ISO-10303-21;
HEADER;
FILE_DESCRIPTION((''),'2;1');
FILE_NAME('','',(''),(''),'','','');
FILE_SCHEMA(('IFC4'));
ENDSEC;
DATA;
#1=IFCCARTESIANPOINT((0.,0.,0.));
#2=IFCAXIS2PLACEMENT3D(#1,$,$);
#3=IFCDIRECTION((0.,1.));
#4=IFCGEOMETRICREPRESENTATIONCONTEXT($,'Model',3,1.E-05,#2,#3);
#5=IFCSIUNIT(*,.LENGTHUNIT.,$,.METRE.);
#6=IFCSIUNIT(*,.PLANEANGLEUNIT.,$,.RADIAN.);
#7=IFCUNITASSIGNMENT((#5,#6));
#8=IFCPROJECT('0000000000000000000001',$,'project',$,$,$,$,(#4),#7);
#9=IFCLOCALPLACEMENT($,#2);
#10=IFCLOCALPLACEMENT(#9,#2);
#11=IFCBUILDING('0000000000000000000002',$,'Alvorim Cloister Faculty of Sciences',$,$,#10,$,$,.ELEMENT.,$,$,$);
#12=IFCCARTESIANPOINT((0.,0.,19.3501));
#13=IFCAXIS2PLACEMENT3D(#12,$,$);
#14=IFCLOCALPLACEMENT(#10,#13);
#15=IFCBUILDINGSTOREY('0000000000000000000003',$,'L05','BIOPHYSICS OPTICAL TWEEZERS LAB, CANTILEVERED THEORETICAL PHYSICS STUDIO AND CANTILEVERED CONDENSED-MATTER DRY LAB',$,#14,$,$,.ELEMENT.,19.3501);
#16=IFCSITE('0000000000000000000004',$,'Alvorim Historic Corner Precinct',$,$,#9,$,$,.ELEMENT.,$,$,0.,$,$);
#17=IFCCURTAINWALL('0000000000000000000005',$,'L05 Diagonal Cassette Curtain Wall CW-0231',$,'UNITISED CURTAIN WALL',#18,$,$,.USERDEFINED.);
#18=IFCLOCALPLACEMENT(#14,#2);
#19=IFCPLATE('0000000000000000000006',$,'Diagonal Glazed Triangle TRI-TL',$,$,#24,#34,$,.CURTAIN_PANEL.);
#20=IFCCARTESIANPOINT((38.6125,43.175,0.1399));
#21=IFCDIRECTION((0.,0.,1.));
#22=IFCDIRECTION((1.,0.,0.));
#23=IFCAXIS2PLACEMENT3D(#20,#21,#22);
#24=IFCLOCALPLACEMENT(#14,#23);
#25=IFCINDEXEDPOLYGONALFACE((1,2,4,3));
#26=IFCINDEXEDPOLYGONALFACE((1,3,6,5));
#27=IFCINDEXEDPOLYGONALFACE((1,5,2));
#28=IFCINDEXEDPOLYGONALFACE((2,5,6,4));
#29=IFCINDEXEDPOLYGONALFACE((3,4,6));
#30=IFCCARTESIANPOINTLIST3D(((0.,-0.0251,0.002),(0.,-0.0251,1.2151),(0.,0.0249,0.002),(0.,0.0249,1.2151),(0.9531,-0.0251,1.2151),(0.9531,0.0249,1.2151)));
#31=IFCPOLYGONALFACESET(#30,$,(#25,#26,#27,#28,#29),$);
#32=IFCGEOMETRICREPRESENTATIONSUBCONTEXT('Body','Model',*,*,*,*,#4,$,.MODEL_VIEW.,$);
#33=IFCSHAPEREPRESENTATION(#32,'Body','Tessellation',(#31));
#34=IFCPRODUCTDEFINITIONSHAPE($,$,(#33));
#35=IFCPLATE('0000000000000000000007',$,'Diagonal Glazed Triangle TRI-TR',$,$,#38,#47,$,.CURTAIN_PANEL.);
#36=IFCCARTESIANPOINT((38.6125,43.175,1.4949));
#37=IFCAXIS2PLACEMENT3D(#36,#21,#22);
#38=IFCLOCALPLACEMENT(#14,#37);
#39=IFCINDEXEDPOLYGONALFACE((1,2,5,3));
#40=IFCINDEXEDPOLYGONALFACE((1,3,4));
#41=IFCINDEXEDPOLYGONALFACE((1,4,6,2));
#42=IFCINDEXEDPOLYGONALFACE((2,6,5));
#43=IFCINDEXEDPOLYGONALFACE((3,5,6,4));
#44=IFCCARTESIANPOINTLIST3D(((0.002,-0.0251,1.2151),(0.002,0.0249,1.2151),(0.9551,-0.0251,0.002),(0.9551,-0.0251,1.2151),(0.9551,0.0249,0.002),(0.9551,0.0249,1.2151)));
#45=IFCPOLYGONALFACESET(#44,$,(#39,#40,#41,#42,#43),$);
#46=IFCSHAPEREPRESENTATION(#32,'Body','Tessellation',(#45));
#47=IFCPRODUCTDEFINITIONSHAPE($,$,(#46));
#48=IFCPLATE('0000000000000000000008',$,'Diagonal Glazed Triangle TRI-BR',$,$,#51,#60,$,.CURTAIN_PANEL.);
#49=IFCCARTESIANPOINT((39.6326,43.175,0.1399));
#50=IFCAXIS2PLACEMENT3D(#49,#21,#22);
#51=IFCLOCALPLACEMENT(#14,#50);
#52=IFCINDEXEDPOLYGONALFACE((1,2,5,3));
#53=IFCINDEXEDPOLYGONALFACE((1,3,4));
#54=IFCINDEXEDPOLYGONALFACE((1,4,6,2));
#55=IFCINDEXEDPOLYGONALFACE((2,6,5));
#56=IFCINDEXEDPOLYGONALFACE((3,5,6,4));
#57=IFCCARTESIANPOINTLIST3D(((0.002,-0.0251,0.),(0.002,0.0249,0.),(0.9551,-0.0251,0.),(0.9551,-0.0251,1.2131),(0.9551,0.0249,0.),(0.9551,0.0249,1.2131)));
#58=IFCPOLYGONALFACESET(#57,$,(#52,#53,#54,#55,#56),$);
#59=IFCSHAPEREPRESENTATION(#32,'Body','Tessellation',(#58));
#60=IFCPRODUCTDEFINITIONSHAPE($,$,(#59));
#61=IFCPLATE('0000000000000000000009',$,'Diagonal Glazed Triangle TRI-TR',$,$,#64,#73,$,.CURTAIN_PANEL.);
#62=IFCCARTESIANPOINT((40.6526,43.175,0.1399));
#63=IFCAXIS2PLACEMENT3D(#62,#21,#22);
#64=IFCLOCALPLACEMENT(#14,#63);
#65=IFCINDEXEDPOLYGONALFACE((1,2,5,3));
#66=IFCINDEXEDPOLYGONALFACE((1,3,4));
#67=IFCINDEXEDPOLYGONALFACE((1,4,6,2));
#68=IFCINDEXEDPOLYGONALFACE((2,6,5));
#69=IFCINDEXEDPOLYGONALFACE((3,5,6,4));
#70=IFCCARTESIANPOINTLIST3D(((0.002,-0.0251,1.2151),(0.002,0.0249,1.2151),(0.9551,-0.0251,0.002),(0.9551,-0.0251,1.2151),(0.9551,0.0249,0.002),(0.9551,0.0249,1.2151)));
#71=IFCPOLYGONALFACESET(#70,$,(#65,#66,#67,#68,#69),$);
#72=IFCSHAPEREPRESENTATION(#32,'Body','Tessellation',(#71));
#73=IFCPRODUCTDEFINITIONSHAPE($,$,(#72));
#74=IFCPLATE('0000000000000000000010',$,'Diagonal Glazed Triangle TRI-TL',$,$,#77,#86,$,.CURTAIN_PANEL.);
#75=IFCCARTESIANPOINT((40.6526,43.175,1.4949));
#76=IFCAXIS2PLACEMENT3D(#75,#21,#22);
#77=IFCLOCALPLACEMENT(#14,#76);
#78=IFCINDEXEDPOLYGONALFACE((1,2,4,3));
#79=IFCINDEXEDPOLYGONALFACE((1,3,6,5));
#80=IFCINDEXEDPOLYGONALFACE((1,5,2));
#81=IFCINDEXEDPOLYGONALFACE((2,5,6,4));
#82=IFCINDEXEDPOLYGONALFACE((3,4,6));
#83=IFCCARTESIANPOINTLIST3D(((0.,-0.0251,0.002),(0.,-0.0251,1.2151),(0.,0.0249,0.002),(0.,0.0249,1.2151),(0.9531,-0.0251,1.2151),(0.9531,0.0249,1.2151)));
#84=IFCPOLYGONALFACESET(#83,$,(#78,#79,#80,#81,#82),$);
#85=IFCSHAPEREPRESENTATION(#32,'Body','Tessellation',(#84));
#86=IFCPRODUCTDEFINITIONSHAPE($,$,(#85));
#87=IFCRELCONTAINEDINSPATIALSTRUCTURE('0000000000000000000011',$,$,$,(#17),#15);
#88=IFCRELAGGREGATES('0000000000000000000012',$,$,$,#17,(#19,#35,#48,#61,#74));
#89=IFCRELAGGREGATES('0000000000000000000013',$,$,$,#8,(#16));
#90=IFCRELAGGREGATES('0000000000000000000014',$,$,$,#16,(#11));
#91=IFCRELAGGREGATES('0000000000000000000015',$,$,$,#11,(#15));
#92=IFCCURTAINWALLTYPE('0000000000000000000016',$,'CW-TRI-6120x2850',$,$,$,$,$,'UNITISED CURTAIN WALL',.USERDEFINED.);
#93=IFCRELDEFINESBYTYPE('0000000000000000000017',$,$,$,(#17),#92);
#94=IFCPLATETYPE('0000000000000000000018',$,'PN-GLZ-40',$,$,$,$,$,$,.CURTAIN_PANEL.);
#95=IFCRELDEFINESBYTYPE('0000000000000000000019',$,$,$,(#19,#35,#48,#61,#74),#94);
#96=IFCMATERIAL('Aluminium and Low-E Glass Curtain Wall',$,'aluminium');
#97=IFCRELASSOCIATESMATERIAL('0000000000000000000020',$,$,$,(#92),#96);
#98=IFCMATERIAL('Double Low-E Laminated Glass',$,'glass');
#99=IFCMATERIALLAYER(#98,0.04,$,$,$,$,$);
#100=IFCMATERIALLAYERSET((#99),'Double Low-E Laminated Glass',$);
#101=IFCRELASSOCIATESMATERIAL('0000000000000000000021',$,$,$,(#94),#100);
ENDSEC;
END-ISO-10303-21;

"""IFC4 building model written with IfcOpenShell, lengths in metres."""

from ifc_helpers import new_model, si_unit, direction, frame, origin, place, context, subcontext, project, spatial, polyline, outline, extrude, material, layer, layer_set, type_object, element, aggregate, save


model = new_model("IFC4")

# Units and contexts
model_context = context("Model", 3, precision=1e-05, world=origin(), true_north=direction((0.0, 1.0)))
body_context = subcontext(model_context, "Body", "Model", "MODEL_VIEW")
ifc_project = project(units=[si_unit("LENGTHUNIT", "METRE"), si_unit("PLANEANGLEUNIT", "RADIAN")], contexts=[model_context])

# Site, building, storey
site_placement = place(None, origin())
site = spatial("IfcSite", under=ifc_project, at=site_placement, Name="Alvorim Historic Corner Precinct", CompositionType="ELEMENT", RefElevation=0.0)
building_placement = place(site_placement, origin())
building = spatial("IfcBuilding", under=site, at=building_placement, Name="Alvorim Cloister Faculty of Sciences", CompositionType="ELEMENT")
storey_placement = place(building_placement, frame((0.0, 0.0, 19.3501)))
storey = spatial("IfcBuildingStorey", under=building, at=storey_placement, Name="L05", Description="BIOPHYSICS OPTICAL TWEEZERS LAB, CANTILEVERED THEORETICAL PHYSICS STUDIO AND CANTILEVERED CONDENSED-MATTER DRY LAB", CompositionType="ELEMENT", Elevation=19.3501)

# Curtain wall, plates
ifc_material_1 = material(Name="Aluminium and Low-E Glass Curtain Wall", Category="aluminium")
curtain_wall_type = type_object("IfcCurtainWallType", Name="CW-TRI-6120x2850", ElementType="UNITISED CURTAIN WALL", PredefinedType="USERDEFINED", material=ifc_material_1)
curtain_wall_placement = place(storey_placement, origin())
curtain_wall = element("IfcCurtainWall", 1, at=curtain_wall_placement, inside=storey, type_object=curtain_wall_type, Name="L05 Diagonal Cassette Curtain Wall CW-0231", ObjectType="UNITISED CURTAIN WALL", PredefinedType="USERDEFINED")
ifc_material_2 = material(Name="Double Low-E Laminated Glass", Category="glass")
ifc_layer_1 = layer(ifc_material_2, 0.04)
ifc_layer_set_1 = layer_set([ifc_layer_1], Name="Double Low-E Laminated Glass")
plate_type = type_object("IfcPlateType", Name="PN-GLZ-40", PredefinedType="CURTAIN_PANEL", material=ifc_layer_set_1)
plate_1_placement = place(storey_placement, frame((38.6125, 43.175, 0.1399), z_axis=(0.0, 0.0, 1.0), x_axis=(1.0, 0.0, 0.0)))
plate_1 = element("IfcPlate", 2, at=plate_1_placement, type_object=plate_type, Name="Diagonal Glazed Triangle TRI-TL", PredefinedType="CURTAIN_PANEL", context=body_context, shape_type="SweptSolid", body=[
    extrude(outline(polyline([(0.9531, 1.2151), (0.0, 1.2151), (0.0, 0.002), (0.9531, 1.2151)])), frame((0.0, 0.0249, 0.0), z_axis=(0.0, -1.0, 0.0), x_axis=(1.0, 0.0, 0.0)), (0.0, 0.0, 1.0), 0.05),
])
plate_2_placement = place(storey_placement, frame((38.6125, 43.175, 1.4949), z_axis=(0.0, 0.0, 1.0), x_axis=(1.0, 0.0, 0.0)))
plate_2 = element("IfcPlate", 3, at=plate_2_placement, type_object=plate_type, Name="Diagonal Glazed Triangle TRI-TR", PredefinedType="CURTAIN_PANEL", context=body_context, shape_type="SweptSolid", body=[
    extrude(outline(polyline([(0.9551, 0.002), (0.9551, 1.2151), (0.002, 1.2151), (0.9551, 0.002)])), frame((0.0, 0.0249, 0.0), z_axis=(0.0, -1.0, 0.0), x_axis=(1.0, 0.0, 0.0)), (0.0, 0.0, 1.0), 0.05),
])
plate_3_placement = place(storey_placement, frame((39.6326, 43.175, 0.1399), z_axis=(0.0, 0.0, 1.0), x_axis=(1.0, 0.0, 0.0)))
plate_3 = element("IfcPlate", 4, at=plate_3_placement, type_object=plate_type, Name="Diagonal Glazed Triangle TRI-BR", PredefinedType="CURTAIN_PANEL", context=body_context, shape_type="SweptSolid", body=[
    extrude(outline(polyline([(0.002, 0.0), (0.9551, 0.0), (0.9551, 1.2131), (0.002, 0.0)])), frame((0.0, 0.0249, 0.0), z_axis=(0.0, -1.0, 0.0), x_axis=(1.0, 0.0, 0.0)), (0.0, 0.0, 1.0), 0.05),
])
plate_4_placement = place(storey_placement, frame((40.6526, 43.175, 0.1399), z_axis=(0.0, 0.0, 1.0), x_axis=(1.0, 0.0, 0.0)))
plate_4 = element("IfcPlate", 5, at=plate_4_placement, type_object=plate_type, Name="Diagonal Glazed Triangle TRI-TR", PredefinedType="CURTAIN_PANEL", context=body_context, shape_type="SweptSolid", body=[
    extrude(outline(polyline([(0.9551, 0.002), (0.9551, 1.2151), (0.002, 1.2151), (0.9551, 0.002)])), frame((0.0, 0.0249, 0.0), z_axis=(0.0, -1.0, 0.0), x_axis=(1.0, 0.0, 0.0)), (0.0, 0.0, 1.0), 0.05),
])
plate_5_placement = place(storey_placement, frame((40.6526, 43.175, 1.4949), z_axis=(0.0, 0.0, 1.0), x_axis=(1.0, 0.0, 0.0)))
plate_5 = element("IfcPlate", 6, at=plate_5_placement, type_object=plate_type, Name="Diagonal Glazed Triangle TRI-TL", PredefinedType="CURTAIN_PANEL", context=body_context, shape_type="SweptSolid", body=[
    extrude(outline(polyline([(0.9531, 1.2151), (0.0, 1.2151), (0.0, 0.002), (0.9531, 1.2151)])), frame((0.0, 0.0249, 0.0), z_axis=(0.0, -1.0, 0.0), x_axis=(1.0, 0.0, 0.0)), (0.0, 0.0, 1.0), 0.05),
])
aggregate(curtain_wall, [plate_1, plate_2, plate_3, plate_4, plate_5])

save(model, "model.ifc")
